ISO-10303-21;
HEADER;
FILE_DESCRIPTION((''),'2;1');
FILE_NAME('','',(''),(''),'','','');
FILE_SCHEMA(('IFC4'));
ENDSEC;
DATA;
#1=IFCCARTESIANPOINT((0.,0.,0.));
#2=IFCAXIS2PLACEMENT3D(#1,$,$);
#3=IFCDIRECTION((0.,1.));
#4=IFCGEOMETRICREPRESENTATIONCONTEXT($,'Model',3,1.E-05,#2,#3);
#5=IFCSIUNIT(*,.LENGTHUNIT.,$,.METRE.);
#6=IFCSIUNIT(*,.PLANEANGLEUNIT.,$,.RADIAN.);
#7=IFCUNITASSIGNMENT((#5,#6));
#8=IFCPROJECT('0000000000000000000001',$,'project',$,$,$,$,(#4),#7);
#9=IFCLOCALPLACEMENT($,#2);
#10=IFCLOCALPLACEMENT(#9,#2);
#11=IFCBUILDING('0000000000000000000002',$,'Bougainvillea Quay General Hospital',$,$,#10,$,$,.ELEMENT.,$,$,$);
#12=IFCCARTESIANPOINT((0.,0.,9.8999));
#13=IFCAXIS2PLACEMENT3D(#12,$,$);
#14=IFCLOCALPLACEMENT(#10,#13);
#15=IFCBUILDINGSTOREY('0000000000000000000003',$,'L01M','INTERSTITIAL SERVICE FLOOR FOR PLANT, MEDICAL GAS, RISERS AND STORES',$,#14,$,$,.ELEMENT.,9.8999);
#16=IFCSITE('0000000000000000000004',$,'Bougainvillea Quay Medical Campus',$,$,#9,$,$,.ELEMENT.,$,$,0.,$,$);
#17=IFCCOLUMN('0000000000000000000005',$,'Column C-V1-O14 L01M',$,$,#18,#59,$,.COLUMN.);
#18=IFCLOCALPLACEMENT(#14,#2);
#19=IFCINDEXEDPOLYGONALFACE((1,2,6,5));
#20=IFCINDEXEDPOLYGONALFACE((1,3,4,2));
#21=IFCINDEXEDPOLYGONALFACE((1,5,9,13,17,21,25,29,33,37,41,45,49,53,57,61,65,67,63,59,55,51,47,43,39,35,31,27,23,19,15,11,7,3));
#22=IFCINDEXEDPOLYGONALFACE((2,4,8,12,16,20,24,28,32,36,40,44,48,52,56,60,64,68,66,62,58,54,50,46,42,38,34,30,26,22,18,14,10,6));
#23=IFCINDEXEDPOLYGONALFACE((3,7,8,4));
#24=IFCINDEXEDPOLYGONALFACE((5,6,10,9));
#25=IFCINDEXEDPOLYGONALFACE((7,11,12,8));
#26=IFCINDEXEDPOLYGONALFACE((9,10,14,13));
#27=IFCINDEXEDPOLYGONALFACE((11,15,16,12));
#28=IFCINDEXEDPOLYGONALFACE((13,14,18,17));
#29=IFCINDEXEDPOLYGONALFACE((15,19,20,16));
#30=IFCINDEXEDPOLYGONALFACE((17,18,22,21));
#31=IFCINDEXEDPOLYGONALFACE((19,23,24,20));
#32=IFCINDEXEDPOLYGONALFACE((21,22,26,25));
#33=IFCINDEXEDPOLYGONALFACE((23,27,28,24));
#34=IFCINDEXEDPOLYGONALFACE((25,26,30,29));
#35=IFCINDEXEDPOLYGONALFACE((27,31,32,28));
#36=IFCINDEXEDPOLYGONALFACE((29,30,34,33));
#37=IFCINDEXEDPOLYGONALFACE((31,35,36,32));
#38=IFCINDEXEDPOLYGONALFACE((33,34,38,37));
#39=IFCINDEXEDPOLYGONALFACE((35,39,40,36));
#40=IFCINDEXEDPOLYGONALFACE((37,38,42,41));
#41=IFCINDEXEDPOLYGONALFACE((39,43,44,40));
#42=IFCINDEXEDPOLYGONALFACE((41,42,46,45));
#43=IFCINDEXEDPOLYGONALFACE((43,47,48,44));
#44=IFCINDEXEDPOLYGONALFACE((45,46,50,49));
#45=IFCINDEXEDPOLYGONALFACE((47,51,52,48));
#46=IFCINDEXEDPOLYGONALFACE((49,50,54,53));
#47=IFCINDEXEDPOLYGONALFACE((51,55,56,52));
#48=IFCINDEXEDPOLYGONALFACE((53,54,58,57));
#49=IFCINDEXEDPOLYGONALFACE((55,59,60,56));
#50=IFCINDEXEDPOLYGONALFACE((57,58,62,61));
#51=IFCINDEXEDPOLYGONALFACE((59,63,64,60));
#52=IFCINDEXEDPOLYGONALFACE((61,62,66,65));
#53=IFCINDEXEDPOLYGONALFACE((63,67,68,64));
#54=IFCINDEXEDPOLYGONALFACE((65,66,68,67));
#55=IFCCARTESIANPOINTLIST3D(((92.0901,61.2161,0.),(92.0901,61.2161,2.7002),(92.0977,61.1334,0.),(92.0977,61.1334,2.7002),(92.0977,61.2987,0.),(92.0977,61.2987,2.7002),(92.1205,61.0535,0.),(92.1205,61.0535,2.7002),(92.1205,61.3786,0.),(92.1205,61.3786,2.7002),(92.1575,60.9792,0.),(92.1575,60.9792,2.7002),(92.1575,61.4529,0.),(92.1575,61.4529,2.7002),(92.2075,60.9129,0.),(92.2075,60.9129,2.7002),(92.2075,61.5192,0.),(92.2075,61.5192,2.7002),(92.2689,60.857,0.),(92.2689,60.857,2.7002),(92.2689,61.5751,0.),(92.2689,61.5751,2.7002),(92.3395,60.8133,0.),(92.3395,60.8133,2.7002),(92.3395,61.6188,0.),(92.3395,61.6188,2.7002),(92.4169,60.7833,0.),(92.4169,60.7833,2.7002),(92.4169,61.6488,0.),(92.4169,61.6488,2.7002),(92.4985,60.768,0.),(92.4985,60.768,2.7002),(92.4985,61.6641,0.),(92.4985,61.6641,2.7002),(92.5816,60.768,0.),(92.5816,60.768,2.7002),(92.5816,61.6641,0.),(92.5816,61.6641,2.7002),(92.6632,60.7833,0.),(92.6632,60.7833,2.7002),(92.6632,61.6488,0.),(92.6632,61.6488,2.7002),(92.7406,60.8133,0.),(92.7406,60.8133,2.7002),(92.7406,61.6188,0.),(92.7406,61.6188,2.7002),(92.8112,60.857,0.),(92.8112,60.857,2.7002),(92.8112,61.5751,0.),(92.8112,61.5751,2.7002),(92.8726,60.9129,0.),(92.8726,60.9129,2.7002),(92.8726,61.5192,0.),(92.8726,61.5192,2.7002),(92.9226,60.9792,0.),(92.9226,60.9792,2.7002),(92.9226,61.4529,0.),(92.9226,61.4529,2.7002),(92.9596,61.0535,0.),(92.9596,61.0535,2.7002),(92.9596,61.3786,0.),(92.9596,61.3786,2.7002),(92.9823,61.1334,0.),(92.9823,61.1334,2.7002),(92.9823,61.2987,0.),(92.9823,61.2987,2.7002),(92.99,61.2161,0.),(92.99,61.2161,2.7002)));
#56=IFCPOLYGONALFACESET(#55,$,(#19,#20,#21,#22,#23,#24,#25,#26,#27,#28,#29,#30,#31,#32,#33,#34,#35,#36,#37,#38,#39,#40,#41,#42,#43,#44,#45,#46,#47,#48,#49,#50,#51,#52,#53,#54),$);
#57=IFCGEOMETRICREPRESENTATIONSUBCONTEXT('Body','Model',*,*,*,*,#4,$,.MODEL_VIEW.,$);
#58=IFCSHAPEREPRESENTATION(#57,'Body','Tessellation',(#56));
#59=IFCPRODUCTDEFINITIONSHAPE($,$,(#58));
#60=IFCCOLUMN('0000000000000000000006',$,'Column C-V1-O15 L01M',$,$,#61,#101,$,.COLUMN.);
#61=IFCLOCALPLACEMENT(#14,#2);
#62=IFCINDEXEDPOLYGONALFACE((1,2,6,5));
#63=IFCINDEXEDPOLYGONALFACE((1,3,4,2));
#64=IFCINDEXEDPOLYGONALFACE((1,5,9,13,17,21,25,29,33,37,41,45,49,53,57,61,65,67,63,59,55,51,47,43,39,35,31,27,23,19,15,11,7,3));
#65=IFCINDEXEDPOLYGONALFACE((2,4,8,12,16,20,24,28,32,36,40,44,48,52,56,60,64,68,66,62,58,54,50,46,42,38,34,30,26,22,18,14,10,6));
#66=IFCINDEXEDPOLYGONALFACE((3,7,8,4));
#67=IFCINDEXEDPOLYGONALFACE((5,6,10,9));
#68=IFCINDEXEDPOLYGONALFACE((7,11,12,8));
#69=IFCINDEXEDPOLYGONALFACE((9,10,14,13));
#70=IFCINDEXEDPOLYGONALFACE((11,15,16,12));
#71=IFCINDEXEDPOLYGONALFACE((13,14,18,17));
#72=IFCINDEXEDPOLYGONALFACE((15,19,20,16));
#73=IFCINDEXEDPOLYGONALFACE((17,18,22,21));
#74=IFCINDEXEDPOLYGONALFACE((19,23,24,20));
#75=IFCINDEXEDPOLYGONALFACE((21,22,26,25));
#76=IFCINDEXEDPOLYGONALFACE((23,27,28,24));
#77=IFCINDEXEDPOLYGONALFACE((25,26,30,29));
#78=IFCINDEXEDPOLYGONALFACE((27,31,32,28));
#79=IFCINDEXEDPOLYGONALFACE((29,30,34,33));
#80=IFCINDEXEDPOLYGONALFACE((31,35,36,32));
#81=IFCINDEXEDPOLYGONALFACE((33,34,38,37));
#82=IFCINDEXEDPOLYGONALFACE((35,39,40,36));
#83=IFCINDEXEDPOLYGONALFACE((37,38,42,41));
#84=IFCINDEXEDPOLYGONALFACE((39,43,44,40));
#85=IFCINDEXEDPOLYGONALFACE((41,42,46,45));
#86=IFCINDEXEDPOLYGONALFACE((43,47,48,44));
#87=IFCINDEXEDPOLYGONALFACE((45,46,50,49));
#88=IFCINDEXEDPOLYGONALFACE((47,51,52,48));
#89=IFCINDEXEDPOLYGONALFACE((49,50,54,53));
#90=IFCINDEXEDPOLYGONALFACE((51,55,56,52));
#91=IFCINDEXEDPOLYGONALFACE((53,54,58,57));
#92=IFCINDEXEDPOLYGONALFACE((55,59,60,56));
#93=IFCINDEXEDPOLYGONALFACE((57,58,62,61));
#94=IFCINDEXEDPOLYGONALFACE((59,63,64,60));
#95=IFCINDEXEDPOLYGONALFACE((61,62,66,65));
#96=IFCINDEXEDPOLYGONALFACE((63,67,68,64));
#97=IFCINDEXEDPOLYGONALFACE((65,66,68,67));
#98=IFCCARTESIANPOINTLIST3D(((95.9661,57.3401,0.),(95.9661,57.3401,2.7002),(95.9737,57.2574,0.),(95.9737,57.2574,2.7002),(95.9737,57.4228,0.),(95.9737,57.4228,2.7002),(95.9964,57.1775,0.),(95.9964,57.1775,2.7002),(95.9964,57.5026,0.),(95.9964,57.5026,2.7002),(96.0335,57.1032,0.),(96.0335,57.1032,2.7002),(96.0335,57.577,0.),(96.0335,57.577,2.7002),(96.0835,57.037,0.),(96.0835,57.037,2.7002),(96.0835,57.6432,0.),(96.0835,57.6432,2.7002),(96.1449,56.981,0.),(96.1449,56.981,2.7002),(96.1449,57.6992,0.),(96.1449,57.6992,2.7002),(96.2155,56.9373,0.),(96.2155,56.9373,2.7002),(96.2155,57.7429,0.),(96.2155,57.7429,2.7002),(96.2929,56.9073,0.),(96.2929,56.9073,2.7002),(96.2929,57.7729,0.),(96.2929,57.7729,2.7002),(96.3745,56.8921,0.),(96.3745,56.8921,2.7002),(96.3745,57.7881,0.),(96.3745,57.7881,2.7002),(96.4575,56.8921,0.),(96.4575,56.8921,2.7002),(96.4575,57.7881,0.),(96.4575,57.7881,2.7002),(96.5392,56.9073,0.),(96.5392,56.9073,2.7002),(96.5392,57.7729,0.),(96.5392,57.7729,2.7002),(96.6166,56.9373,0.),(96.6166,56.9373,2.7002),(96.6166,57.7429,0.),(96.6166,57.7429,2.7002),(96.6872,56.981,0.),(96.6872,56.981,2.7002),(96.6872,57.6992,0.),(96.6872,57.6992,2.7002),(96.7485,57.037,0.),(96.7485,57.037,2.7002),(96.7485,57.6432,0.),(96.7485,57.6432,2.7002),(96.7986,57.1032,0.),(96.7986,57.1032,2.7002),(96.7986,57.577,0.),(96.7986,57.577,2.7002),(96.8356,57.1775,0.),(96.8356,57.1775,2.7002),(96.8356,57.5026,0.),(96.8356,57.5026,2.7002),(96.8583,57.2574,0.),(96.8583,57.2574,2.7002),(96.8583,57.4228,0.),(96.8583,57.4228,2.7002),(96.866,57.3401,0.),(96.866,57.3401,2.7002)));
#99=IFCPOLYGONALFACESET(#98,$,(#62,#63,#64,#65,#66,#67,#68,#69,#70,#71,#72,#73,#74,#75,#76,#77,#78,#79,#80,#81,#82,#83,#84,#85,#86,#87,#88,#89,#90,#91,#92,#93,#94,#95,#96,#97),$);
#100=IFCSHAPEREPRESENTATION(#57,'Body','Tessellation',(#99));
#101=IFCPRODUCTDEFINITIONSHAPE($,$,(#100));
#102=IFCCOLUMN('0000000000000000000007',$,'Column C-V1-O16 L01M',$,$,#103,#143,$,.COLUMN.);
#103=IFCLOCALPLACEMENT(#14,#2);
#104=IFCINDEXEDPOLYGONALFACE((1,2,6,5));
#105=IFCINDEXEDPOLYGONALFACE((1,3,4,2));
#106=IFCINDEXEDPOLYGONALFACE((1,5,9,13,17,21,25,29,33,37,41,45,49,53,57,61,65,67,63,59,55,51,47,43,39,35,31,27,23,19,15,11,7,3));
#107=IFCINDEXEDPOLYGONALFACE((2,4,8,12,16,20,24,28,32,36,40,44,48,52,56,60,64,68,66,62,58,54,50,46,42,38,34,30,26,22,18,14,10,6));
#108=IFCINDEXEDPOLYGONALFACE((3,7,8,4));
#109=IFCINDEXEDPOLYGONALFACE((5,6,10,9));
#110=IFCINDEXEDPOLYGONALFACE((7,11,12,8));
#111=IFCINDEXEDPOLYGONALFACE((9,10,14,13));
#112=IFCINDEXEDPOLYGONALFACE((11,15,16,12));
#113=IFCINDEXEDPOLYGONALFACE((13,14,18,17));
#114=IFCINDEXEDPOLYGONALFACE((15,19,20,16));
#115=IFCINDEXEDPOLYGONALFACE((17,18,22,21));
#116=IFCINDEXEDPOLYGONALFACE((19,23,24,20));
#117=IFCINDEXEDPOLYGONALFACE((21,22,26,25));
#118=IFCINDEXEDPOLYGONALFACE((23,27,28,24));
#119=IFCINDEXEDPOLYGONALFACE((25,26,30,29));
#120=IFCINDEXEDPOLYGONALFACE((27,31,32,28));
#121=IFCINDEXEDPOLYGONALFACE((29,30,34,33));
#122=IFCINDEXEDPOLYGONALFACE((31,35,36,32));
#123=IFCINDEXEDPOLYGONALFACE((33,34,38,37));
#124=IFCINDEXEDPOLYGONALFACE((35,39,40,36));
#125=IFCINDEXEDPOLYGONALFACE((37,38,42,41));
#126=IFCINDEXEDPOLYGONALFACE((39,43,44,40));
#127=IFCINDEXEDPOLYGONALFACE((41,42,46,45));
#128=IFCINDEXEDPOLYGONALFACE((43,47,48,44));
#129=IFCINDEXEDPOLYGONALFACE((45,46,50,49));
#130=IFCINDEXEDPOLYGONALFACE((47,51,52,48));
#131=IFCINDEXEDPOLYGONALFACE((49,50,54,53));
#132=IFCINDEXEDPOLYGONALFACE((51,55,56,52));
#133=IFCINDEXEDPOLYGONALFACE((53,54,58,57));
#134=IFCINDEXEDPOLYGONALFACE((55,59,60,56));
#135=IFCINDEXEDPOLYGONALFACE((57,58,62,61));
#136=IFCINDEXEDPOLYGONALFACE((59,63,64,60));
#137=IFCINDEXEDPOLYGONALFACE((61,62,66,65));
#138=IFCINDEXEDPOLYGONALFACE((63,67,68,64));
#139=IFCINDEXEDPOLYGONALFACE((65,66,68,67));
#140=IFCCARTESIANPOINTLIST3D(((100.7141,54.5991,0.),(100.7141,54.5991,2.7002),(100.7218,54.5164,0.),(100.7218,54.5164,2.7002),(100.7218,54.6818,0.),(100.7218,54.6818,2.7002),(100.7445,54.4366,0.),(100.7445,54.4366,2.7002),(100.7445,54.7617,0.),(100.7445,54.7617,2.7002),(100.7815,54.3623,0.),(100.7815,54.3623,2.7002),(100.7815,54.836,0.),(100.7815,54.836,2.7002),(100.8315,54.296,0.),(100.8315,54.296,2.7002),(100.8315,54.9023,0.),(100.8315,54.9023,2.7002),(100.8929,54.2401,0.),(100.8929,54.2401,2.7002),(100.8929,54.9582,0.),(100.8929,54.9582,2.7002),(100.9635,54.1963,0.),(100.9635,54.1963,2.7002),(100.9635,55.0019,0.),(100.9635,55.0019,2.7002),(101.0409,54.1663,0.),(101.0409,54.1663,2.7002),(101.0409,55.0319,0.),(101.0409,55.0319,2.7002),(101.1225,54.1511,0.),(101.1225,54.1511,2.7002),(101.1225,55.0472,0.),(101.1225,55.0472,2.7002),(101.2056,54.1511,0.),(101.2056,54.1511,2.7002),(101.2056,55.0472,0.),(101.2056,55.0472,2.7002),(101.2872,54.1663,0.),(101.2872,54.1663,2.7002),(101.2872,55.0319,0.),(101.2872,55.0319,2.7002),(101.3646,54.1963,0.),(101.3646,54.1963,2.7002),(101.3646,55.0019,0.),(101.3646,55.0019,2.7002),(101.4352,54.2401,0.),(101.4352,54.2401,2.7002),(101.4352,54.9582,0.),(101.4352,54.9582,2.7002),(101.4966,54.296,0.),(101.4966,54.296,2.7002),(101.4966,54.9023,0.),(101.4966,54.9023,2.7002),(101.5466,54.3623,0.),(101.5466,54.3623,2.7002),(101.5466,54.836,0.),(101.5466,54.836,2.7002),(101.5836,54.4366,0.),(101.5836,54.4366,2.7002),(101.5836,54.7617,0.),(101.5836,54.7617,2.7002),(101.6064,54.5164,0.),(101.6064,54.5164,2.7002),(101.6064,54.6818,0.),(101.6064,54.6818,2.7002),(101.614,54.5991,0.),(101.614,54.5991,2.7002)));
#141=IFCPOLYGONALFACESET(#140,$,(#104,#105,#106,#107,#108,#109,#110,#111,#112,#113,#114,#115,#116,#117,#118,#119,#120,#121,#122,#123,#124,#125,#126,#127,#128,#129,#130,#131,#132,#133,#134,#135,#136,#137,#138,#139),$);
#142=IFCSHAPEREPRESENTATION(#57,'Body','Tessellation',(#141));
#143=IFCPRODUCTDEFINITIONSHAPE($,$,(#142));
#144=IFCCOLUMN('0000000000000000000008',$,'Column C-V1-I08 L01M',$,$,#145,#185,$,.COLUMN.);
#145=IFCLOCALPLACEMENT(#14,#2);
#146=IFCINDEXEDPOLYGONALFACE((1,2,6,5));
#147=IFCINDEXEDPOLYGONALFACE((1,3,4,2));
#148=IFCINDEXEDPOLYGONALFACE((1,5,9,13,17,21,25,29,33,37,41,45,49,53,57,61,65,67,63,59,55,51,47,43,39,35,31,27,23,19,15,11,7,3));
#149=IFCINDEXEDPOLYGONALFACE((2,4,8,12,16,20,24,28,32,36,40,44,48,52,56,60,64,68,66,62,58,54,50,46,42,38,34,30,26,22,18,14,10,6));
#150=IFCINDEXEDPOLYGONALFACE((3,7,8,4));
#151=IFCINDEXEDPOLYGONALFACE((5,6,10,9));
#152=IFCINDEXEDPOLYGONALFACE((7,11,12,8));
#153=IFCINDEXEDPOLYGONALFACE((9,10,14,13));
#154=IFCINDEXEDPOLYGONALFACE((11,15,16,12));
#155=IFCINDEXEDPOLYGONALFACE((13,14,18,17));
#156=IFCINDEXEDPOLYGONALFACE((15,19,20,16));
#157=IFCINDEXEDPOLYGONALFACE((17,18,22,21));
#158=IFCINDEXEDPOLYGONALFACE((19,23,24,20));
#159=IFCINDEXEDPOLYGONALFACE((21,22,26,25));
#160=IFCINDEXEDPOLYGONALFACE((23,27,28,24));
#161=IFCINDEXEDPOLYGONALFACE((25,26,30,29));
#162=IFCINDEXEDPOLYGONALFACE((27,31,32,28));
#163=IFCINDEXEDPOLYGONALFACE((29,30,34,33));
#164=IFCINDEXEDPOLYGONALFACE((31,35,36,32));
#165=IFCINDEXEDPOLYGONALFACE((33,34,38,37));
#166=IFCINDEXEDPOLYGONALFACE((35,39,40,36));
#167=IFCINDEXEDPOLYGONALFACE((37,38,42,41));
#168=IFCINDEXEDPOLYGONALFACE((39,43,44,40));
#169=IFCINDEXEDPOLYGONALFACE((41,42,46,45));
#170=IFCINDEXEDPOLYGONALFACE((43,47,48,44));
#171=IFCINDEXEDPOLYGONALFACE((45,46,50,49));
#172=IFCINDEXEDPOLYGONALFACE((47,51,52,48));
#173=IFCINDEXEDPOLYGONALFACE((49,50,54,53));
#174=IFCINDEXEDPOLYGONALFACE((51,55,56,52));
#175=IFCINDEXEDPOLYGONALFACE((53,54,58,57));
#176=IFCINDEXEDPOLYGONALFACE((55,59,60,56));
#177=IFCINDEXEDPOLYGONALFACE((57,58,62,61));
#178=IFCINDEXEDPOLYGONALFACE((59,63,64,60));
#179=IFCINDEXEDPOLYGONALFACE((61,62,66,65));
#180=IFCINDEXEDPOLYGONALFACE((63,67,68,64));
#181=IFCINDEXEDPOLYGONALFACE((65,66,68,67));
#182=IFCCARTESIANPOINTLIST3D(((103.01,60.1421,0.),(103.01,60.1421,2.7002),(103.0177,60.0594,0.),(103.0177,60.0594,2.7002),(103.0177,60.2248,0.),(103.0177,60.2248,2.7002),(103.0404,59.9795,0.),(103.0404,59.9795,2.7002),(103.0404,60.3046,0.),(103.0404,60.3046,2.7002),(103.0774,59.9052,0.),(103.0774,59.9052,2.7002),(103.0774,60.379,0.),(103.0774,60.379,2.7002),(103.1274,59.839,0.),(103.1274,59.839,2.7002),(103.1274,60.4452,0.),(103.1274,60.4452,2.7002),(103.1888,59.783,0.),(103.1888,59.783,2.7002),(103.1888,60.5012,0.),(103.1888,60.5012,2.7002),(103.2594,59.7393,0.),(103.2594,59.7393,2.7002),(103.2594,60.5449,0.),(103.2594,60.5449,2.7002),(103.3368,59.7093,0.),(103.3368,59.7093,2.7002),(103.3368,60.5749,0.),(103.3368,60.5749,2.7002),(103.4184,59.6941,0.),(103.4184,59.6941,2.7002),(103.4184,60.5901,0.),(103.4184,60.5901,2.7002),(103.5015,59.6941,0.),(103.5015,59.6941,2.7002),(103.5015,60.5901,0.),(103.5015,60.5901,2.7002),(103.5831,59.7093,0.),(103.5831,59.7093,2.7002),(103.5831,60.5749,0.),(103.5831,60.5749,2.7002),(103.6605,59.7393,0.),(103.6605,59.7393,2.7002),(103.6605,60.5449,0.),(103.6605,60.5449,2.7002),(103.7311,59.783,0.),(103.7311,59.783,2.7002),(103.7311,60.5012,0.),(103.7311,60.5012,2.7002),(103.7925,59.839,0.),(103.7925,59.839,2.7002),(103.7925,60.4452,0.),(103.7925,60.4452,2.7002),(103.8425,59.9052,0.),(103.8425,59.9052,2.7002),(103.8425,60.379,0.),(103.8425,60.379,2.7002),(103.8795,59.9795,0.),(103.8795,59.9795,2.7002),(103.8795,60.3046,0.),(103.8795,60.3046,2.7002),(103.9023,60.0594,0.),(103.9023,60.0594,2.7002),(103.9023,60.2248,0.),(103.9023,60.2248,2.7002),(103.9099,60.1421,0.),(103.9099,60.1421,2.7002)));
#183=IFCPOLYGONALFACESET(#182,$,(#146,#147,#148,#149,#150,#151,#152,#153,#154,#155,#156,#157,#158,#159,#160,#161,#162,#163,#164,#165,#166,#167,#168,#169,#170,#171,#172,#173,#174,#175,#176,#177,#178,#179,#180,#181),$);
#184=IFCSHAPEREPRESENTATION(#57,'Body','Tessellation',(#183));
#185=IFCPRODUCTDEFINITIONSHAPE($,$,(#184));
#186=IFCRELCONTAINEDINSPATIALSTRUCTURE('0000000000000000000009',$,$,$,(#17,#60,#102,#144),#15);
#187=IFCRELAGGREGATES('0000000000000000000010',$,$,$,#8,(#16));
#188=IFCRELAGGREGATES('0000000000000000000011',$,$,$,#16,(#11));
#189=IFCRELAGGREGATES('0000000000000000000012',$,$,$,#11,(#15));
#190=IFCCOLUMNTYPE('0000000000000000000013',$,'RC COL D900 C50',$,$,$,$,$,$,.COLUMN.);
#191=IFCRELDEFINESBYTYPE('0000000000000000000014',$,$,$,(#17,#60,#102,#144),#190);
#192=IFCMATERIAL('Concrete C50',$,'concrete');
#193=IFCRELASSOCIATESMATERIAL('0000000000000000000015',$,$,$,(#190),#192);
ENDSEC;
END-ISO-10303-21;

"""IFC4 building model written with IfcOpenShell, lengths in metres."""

from ifc_helpers import new_model, si_unit, direction, frame, origin, origin_2d, place, context, subcontext, project, spatial, circle, extrude, material, material_profile, profile_set, type_object, element, save


model = new_model("IFC4")

# Units and contexts
model_context = context("Model", 3, precision=1e-05, world=origin(), true_north=direction((0.0, 1.0)))
body_context = subcontext(model_context, "Body", "Model", "MODEL_VIEW")
ifc_project = project(units=[si_unit("LENGTHUNIT", "METRE"), si_unit("PLANEANGLEUNIT", "RADIAN")], contexts=[model_context])

# Site, building, storey
site_placement = place(None, origin())
site = spatial("IfcSite", under=ifc_project, at=site_placement, Name="Bougainvillea Quay Medical Campus", CompositionType="ELEMENT", RefElevation=0.0)
building_placement = place(site_placement, origin())
building = spatial("IfcBuilding", under=site, at=building_placement, Name="Bougainvillea Quay General Hospital", CompositionType="ELEMENT")
storey_placement = place(building_placement, frame((0.0, 0.0, 9.8999)))
storey = spatial("IfcBuildingStorey", under=building, at=storey_placement, Name="L01M", Description="INTERSTITIAL SERVICE FLOOR FOR PLANT, MEDICAL GAS, RISERS AND STORES", CompositionType="ELEMENT", Elevation=9.8999)

# Columns
ifc_material_1 = material(Name="Concrete C50", Category="concrete")
ifc_material_profile = material_profile(ifc_material_1, circle(Radius=0.45, at=origin_2d()))
ifc_profile_set = profile_set([ifc_material_profile], Name="Concrete C50")
column_type = type_object("IfcColumnType", Name="RC COL D900 C50", PredefinedType="COLUMN", material=ifc_profile_set)
for number, where, z_axis, x_axis, name in (
    (1, (92.54, 61.2161, 0.0), (0.0, 0.0, 1.0), (1.0, 0.0, 0.0), "Column C-V1-O14 L01M"),
    (2, (96.416, 57.3401, 0.0), (0.0, 0.0, 1.0), (1.0, 0.0, 0.0), "Column C-V1-O15 L01M"),
    (3, (101.1641, 54.5991, 0.0), (0.0, 0.0, 1.0), (1.0, 0.0, 0.0), "Column C-V1-O16 L01M"),
    (4, (103.46, 60.1421, 0.0), (0.0, 0.0, 1.0), (1.0, 0.0, 0.0), "Column C-V1-I08 L01M"),
):
    element("IfcColumn", number, at=place(storey_placement, frame(where, z_axis=z_axis, x_axis=x_axis)), inside=storey, type_object=column_type, Name=name, PredefinedType="COLUMN", context=body_context, shape_type="SweptSolid", body=[
        extrude(circle(Radius=0.45, at=origin_2d()), origin(), (0.0, 0.0, 1.0), 2.7002),
    ])

save(model, "model.ifc")
